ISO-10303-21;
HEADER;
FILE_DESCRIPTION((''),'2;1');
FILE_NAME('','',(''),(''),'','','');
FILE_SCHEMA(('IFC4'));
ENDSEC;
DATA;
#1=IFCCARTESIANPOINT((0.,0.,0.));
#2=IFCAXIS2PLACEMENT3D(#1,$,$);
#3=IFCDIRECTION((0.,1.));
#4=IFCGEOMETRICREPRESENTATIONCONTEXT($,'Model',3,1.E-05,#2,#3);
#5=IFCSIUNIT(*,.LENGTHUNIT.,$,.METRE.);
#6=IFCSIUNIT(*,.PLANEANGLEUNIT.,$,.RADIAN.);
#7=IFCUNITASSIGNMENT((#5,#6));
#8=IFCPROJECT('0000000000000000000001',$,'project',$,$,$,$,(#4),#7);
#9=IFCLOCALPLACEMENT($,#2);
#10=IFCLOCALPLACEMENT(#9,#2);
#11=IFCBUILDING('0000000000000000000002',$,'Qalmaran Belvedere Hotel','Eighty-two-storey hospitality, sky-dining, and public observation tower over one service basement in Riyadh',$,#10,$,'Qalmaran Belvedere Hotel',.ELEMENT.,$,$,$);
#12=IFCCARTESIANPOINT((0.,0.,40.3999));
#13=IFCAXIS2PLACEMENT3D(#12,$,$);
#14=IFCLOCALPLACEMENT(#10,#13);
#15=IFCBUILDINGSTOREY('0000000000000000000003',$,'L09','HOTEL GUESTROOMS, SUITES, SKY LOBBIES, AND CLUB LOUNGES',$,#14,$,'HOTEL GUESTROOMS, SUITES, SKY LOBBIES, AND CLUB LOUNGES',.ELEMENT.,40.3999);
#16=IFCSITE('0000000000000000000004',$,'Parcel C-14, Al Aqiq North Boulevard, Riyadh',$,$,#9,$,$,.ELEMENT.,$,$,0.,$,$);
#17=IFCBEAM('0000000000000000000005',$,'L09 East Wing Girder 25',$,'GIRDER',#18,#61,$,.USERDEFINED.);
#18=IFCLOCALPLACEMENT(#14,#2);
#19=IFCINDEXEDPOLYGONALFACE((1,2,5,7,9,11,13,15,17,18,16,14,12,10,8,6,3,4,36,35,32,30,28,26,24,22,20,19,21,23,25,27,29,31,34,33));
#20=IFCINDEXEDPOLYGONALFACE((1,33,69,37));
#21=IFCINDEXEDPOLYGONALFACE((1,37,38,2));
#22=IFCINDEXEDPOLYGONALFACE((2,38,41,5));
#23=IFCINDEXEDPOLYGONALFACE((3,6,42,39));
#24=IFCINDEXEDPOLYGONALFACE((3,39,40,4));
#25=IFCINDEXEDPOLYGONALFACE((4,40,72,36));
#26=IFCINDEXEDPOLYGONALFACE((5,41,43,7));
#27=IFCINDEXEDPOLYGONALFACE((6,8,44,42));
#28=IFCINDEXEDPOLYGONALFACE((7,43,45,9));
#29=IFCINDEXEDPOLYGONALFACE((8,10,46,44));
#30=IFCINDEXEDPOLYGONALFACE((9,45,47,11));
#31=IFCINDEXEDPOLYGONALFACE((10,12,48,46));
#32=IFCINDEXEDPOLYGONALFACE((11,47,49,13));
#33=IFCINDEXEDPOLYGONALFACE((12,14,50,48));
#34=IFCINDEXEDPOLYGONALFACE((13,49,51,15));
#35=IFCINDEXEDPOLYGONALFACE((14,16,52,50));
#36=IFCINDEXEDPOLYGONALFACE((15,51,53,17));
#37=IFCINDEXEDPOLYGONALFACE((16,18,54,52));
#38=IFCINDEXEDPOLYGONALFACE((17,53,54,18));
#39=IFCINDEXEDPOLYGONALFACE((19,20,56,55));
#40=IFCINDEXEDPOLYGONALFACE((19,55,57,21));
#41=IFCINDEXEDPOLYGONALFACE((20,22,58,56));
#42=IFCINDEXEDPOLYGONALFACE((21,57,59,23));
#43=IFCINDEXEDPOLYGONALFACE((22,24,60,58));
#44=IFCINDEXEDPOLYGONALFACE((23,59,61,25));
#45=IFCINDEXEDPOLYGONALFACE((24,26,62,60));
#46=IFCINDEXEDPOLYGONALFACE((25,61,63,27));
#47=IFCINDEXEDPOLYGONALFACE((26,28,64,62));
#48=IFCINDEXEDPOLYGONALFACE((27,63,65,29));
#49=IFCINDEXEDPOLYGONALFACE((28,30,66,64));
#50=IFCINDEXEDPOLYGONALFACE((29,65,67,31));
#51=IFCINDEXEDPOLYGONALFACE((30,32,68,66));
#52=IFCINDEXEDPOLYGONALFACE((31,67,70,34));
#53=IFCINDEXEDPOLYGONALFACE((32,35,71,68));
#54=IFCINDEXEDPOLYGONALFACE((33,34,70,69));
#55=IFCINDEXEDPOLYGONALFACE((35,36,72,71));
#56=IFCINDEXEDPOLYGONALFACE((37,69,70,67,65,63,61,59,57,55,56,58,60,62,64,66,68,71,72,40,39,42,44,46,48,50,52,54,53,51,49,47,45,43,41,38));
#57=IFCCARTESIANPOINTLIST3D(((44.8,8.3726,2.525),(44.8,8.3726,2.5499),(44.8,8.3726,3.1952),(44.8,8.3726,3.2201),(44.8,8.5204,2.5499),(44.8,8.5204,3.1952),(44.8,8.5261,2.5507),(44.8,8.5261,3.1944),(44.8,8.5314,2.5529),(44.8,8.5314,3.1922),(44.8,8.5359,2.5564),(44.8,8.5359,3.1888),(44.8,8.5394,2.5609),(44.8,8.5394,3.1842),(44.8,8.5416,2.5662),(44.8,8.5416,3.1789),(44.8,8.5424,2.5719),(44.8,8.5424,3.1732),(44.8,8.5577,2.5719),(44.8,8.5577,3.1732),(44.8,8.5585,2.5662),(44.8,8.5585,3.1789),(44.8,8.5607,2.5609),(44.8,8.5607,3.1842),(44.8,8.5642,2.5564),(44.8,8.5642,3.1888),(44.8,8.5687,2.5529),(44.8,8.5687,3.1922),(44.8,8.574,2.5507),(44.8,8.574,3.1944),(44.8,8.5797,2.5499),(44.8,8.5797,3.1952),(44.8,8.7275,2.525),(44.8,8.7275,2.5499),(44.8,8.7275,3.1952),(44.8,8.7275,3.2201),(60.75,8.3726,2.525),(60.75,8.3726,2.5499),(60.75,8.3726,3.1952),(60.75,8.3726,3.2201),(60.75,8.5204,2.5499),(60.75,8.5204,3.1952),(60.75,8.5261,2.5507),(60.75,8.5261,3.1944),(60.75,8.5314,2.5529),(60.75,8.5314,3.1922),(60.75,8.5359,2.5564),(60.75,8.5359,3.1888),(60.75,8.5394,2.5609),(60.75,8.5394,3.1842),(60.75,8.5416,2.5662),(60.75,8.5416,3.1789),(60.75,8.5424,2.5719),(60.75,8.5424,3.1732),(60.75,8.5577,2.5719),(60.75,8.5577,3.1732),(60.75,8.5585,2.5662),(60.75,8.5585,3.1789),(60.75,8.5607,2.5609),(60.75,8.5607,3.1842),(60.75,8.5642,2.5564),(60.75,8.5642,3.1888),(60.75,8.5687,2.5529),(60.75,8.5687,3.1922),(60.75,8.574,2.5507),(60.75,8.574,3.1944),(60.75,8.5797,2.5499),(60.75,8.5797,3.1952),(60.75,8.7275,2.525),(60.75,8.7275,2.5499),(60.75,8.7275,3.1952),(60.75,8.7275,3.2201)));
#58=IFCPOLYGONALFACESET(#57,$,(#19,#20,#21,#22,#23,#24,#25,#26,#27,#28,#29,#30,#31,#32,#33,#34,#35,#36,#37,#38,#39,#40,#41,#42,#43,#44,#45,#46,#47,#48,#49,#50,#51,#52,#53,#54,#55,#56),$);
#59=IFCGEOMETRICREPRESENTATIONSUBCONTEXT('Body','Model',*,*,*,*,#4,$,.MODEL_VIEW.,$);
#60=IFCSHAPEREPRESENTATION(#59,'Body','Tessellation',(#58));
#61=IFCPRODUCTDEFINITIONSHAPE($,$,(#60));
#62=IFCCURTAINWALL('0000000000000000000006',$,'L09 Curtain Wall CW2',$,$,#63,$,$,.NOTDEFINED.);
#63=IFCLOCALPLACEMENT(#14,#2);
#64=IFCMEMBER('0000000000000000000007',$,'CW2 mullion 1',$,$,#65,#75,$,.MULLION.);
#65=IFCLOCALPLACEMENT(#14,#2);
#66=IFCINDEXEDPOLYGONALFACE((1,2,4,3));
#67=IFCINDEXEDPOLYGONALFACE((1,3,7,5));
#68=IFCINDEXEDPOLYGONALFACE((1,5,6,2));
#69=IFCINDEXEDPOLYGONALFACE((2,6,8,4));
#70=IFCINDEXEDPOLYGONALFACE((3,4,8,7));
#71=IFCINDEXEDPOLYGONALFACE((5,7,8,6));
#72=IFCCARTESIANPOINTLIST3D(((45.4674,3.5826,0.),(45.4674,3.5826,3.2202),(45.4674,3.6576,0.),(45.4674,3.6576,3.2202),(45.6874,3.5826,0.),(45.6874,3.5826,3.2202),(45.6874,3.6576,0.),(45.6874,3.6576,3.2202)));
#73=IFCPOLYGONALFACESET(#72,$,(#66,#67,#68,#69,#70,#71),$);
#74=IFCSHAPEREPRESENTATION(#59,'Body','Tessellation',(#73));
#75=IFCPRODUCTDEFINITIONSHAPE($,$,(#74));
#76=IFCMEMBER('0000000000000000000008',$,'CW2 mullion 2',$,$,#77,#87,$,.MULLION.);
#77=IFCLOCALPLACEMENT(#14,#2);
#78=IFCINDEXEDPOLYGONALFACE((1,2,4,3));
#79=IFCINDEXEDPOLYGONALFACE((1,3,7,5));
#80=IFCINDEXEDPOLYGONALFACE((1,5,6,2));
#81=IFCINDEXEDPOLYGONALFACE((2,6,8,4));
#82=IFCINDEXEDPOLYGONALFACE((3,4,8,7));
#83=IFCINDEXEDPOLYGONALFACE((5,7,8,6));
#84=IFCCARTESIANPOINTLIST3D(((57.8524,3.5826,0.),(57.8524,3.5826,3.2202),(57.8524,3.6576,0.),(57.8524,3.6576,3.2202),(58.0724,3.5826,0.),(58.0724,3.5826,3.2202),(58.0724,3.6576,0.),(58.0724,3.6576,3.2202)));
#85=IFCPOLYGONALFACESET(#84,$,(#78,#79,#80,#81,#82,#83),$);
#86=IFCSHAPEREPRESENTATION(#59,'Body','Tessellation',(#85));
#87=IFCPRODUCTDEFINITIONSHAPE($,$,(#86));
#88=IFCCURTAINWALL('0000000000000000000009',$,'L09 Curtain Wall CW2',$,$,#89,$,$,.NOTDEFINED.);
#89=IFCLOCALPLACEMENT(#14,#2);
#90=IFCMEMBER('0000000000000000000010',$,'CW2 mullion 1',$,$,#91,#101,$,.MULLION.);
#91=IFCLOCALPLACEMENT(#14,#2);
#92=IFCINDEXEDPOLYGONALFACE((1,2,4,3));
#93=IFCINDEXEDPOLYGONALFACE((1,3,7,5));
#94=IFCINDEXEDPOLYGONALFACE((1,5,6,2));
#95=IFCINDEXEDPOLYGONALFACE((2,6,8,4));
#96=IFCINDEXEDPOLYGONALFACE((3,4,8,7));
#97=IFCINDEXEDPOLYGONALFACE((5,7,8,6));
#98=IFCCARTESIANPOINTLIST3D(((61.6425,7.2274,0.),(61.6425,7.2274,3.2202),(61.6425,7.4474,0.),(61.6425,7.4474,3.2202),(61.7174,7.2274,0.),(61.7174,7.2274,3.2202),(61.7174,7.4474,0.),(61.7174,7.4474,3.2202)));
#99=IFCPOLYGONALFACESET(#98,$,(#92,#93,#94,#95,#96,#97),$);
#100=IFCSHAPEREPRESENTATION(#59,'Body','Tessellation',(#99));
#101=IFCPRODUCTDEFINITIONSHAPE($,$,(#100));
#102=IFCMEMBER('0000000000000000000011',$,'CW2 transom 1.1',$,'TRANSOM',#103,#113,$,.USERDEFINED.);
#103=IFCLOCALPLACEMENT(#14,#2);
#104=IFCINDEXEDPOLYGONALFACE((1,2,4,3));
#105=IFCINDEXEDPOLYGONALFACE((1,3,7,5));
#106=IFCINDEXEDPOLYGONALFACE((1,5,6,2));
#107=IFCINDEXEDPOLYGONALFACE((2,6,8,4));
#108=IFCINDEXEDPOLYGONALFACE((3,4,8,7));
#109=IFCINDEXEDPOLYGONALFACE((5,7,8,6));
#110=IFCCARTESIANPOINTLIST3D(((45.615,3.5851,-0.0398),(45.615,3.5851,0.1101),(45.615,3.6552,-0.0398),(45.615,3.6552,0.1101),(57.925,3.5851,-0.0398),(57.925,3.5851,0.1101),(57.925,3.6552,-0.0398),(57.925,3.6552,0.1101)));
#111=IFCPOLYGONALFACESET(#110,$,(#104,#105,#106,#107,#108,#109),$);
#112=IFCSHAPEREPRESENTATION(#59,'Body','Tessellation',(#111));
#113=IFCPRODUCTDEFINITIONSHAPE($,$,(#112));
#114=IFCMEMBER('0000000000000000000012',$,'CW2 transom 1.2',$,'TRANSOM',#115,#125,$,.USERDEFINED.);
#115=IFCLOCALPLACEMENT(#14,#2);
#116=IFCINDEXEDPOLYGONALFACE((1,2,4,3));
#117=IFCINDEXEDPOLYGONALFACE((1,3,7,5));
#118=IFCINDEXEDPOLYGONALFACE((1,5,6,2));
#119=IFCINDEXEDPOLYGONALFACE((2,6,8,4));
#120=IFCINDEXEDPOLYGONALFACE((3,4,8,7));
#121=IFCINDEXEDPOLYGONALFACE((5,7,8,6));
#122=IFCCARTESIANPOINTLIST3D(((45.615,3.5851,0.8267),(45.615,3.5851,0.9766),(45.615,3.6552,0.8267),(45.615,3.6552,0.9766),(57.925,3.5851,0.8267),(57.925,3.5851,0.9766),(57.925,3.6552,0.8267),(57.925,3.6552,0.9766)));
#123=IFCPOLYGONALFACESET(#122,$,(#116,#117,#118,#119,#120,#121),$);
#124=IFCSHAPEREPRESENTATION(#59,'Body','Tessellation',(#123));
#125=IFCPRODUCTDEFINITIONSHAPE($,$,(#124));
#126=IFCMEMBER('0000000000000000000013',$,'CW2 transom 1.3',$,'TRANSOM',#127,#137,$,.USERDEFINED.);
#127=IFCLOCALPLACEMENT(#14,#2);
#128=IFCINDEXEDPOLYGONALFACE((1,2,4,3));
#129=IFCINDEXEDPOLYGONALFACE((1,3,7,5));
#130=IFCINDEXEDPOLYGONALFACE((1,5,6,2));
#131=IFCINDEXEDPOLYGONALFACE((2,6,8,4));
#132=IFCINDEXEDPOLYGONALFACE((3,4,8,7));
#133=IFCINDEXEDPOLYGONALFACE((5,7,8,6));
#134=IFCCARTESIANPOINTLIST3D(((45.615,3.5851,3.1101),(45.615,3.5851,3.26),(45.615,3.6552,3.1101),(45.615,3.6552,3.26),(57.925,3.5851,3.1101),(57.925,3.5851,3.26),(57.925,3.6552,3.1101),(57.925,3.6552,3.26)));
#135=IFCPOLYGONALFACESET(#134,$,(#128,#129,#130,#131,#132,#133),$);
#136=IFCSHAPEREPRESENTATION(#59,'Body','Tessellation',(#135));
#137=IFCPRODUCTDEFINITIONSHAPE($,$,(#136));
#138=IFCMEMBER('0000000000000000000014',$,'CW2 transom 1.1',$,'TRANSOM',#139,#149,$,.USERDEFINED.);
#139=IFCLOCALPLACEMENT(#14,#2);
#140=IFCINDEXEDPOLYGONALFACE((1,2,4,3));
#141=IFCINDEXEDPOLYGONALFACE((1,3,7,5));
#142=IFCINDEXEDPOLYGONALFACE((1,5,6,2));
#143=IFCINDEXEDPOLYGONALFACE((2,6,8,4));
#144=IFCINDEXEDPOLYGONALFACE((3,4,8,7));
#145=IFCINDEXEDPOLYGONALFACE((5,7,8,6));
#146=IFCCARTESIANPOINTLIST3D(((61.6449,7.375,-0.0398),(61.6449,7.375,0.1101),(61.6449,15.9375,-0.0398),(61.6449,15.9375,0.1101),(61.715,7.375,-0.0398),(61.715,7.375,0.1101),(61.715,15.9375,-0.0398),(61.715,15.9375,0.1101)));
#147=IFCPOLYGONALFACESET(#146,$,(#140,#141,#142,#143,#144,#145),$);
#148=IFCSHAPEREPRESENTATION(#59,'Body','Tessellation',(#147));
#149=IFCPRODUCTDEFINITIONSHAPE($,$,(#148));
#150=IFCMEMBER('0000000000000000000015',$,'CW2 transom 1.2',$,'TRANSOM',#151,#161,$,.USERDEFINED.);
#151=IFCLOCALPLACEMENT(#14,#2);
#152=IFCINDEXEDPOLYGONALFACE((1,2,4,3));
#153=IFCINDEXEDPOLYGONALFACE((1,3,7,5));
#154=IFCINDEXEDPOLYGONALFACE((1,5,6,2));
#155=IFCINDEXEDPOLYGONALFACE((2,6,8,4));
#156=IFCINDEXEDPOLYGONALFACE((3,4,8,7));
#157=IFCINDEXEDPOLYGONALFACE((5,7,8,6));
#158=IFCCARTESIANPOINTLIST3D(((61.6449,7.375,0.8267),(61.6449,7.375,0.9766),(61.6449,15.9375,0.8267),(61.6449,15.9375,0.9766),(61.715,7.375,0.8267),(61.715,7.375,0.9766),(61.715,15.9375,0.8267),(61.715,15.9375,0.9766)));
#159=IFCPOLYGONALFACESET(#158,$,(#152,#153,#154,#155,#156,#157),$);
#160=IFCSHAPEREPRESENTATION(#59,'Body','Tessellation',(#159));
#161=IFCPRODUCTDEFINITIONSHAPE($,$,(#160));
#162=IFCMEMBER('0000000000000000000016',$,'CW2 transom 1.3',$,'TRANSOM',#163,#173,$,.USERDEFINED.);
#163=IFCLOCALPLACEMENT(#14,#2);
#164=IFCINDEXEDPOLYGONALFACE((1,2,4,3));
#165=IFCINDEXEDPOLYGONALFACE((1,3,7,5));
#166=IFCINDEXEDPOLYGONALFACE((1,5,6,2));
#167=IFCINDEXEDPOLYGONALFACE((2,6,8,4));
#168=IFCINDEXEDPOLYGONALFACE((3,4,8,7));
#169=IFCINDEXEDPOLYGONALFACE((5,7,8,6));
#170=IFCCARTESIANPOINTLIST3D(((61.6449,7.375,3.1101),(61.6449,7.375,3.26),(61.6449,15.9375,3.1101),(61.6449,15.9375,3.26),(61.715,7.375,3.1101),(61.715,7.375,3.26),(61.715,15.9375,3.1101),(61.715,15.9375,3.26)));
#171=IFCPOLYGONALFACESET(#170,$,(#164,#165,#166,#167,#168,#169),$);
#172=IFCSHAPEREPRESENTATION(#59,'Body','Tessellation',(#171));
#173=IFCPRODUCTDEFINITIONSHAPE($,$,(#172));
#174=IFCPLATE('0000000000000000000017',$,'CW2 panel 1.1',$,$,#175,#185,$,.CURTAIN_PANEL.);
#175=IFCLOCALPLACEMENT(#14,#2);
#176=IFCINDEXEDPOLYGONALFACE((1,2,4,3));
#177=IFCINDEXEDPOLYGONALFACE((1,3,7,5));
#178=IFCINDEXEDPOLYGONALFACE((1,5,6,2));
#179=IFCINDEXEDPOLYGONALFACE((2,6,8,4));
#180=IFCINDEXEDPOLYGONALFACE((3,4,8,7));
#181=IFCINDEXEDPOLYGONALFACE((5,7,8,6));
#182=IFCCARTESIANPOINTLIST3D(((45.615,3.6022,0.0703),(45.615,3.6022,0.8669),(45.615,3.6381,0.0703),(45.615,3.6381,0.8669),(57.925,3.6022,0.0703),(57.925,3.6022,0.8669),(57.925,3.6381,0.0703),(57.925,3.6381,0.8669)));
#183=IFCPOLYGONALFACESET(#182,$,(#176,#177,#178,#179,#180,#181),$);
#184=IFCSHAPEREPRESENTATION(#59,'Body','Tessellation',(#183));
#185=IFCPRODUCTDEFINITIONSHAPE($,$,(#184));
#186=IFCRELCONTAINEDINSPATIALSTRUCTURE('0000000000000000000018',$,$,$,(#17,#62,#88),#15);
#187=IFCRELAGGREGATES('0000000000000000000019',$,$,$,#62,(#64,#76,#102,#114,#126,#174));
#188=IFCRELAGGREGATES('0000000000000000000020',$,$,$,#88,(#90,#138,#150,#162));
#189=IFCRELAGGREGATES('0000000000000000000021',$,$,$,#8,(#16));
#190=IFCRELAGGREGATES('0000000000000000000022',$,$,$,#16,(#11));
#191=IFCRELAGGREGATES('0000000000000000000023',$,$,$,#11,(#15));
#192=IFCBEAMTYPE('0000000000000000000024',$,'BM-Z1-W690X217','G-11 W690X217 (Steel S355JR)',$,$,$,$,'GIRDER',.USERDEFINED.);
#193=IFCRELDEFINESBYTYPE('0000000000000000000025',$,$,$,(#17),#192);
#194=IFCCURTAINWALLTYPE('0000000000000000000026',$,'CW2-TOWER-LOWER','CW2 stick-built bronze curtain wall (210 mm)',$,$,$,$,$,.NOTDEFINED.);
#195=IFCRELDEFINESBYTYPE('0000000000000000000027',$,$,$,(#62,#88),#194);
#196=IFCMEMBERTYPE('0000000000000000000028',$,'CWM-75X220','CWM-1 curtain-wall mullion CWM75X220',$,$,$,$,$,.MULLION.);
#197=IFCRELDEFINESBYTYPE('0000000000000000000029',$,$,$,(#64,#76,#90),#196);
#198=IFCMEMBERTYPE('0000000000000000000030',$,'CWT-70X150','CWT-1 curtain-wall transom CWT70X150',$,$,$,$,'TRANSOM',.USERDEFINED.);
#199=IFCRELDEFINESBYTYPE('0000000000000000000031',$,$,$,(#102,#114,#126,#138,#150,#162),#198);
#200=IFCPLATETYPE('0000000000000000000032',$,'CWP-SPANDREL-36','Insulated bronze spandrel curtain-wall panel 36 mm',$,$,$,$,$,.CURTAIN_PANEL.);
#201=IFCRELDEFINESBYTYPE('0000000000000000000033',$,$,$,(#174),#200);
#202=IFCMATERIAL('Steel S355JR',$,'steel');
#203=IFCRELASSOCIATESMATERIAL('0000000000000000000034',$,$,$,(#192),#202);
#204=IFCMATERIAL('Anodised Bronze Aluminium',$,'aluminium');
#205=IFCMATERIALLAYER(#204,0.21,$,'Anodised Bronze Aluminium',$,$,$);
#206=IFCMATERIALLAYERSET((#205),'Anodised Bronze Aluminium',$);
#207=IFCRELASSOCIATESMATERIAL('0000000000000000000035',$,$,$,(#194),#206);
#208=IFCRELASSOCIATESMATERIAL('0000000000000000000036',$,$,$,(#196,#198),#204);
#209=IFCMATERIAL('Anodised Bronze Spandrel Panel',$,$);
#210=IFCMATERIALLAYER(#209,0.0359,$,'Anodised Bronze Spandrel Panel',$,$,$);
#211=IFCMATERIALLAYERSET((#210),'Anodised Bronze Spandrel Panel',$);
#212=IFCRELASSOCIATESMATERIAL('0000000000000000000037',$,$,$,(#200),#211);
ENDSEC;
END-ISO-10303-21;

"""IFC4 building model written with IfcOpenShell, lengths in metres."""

from ifc_helpers import new_model, si_unit, direction, frame, origin, origin_2d, place, context, subcontext, project, spatial, rectangle, i_section, extrude, material, layer, layer_set, material_profile, profile_set, type_object, element, aggregate, save


model = new_model("IFC4")

# Units and contexts
model_context = context("Model", 3, precision=1e-05, world=origin(), true_north=direction((0.0, 1.0)))
body_context = subcontext(model_context, "Body", "Model", "MODEL_VIEW")
ifc_project = project(units=[si_unit("LENGTHUNIT", "METRE"), si_unit("PLANEANGLEUNIT", "RADIAN")], contexts=[model_context])

# Site, building, storey
site_placement = place(None, origin())
site = spatial("IfcSite", under=ifc_project, at=site_placement, Name="Parcel C-14, Al Aqiq North Boulevard, Riyadh", CompositionType="ELEMENT", RefElevation=0.0)
building_placement = place(site_placement, origin())
building = spatial("IfcBuilding", under=site, at=building_placement, Name="Qalmaran Belvedere Hotel", Description="Eighty-two-storey hospitality, sky-dining, and public observation tower over one service basement in Riyadh", LongName="Qalmaran Belvedere Hotel", CompositionType="ELEMENT")
storey_placement = place(building_placement, frame((0.0, 0.0, 40.3999)))
storey = spatial("IfcBuildingStorey", under=building, at=storey_placement, Name="L09", Description="HOTEL GUESTROOMS, SUITES, SKY LOBBIES, AND CLUB LOUNGES", LongName="HOTEL GUESTROOMS, SUITES, SKY LOBBIES, AND CLUB LOUNGES", CompositionType="ELEMENT", Elevation=40.3999)

# Beam
ifc_material_1 = material(Name="Steel S355JR", Category="steel")
ifc_material_profile_1 = material_profile(ifc_material_1, i_section(OverallWidth=0.355, OverallDepth=0.6951, WebThickness=0.0154, FlangeThickness=0.0249, FilletRadius=0.022, at=origin_2d()), Name="W690X217")
ifc_profile_set_1 = profile_set([ifc_material_profile_1], Name="Steel S355JR")
beam_type_1 = type_object("IfcBeamType", Name="BM-Z1-W690X217", Description="G-11 W690X217 (Steel S355JR)", ElementType="GIRDER", PredefinedType="USERDEFINED", material=ifc_profile_set_1)
beam_1_placement = place(storey_placement, frame((44.8, 8.55, 2.8726), z_axis=(1.0, 0.0, 0.0), x_axis=(0.0, 1.0, 0.0)))
element("IfcBeam", 1, at=beam_1_placement, inside=storey, type_object=beam_type_1, Name="L09 East Wing Girder 25", ObjectType="GIRDER", PredefinedType="USERDEFINED", context=body_context, shape_type="SweptSolid", body=[
    extrude(i_section(OverallWidth=0.355, OverallDepth=0.6951, WebThickness=0.0154, FlangeThickness=0.0249, FilletRadius=0.022, at=origin_2d()), origin(), (0.0, 0.0, 1.0), 15.95),
])

# Curtain wall, members
ifc_material_2 = material(Name="Anodised Bronze Aluminium", Category="aluminium")
ifc_layer_1 = layer(ifc_material_2, 0.21, Name="Anodised Bronze Aluminium")
ifc_layer_set_1 = layer_set([ifc_layer_1], Name="Anodised Bronze Aluminium")
curtain_wall_type = type_object("IfcCurtainWallType", Name="CW2-TOWER-LOWER", Description="CW2 stick-built bronze curtain wall (210 mm)", PredefinedType="NOTDEFINED", material=ifc_layer_set_1)
curtain_wall_1_placement = place(storey_placement, origin())
curtain_wall_1 = element("IfcCurtainWall", 2, at=curtain_wall_1_placement, inside=storey, type_object=curtain_wall_type, Name="L09 Curtain Wall CW2", PredefinedType="NOTDEFINED")
ifc_material_profile_2 = material_profile(ifc_material_2, rectangle(XDim=0.075, YDim=0.22, at=origin_2d()), Name="CWM75X220")
ifc_profile_set_2 = profile_set([ifc_material_profile_2], Name="Anodised Bronze Aluminium")
member_type_1 = type_object("IfcMemberType", Name="CWM-75X220", Description="CWM-1 curtain-wall mullion CWM75X220", PredefinedType="MULLION", material=ifc_profile_set_2)
member_1_placement = place(storey_placement, frame((45.5774, 3.6201, 0.0), z_axis=(0.0, 0.0, 1.0), x_axis=(0.0, 1.0, 0.0)))
member_1 = element("IfcMember", 3, at=member_1_placement, type_object=member_type_1, Name="CW2 mullion 1", PredefinedType="MULLION", context=body_context, shape_type="SweptSolid", body=[
    extrude(rectangle(XDim=0.075, YDim=0.22, at=origin_2d()), origin(), (0.0, 0.0, 1.0), 3.2202),
])
member_2_placement = place(storey_placement, frame((57.9624, 3.6201, 0.0), z_axis=(0.0, 0.0, 1.0), x_axis=(0.0, 1.0, 0.0)))
member_2 = element("IfcMember", 4, at=member_2_placement, type_object=member_type_1, Name="CW2 mullion 2", PredefinedType="MULLION", context=body_context, shape_type="SweptSolid", body=[
    extrude(rectangle(XDim=0.075, YDim=0.22, at=origin_2d()), origin(), (0.0, 0.0, 1.0), 3.2202),
])

# Curtain wall, member
curtain_wall_2_placement = place(storey_placement, origin())
curtain_wall_2 = element("IfcCurtainWall", 5, at=curtain_wall_2_placement, inside=storey, type_object=curtain_wall_type, Name="L09 Curtain Wall CW2", PredefinedType="NOTDEFINED")
member_3_placement = place(storey_placement, frame((61.6799, 7.3374, 0.0), z_axis=(0.0, 0.0, 1.0), x_axis=(-1.0, 0.0, 0.0)))
member_3 = element("IfcMember", 6, at=member_3_placement, type_object=member_type_1, Name="CW2 mullion 1", PredefinedType="MULLION", context=body_context, shape_type="SweptSolid", body=[
    extrude(rectangle(XDim=0.075, YDim=0.22, at=origin_2d()), origin(), (0.0, 0.0, 1.0), 3.2202),
])

# Members
ifc_material_profile_3 = material_profile(ifc_material_2, rectangle(XDim=0.0701, YDim=0.1499, at=origin_2d()), Name="CWT70X150")
ifc_profile_set_3 = profile_set([ifc_material_profile_3], Name="Anodised Bronze Aluminium")
member_type_2 = type_object("IfcMemberType", Name="CWT-70X150", Description="CWT-1 curtain-wall transom CWT70X150", ElementType="TRANSOM", PredefinedType="USERDEFINED", material=ifc_profile_set_3)
member_4_placement = place(storey_placement, frame((45.615, 3.6201, 0.0352), z_axis=(1.0, 0.0, 0.0), x_axis=(0.0, 1.0, 0.0)))
member_4 = element("IfcMember", 7, at=member_4_placement, type_object=member_type_2, Name="CW2 transom 1.1", ObjectType="TRANSOM", PredefinedType="USERDEFINED", context=body_context, shape_type="SweptSolid", body=[
    extrude(rectangle(XDim=0.0701, YDim=0.1499, at=origin_2d()), origin(), (0.0, 0.0, 1.0), 12.3101),
])
member_5_placement = place(storey_placement, frame((45.615, 3.6201, 0.9016), z_axis=(1.0, 0.0, 0.0), x_axis=(0.0, 1.0, 0.0)))
member_5 = element("IfcMember", 8, at=member_5_placement, type_object=member_type_2, Name="CW2 transom 1.2", ObjectType="TRANSOM", PredefinedType="USERDEFINED", context=body_context, shape_type="SweptSolid", body=[
    extrude(rectangle(XDim=0.0701, YDim=0.1499, at=origin_2d()), origin(), (0.0, 0.0, 1.0), 12.3101),
])
member_6_placement = place(storey_placement, frame((45.615, 3.6201, 3.1851), z_axis=(1.0, 0.0, 0.0), x_axis=(0.0, 1.0, 0.0)))
member_6 = element("IfcMember", 9, at=member_6_placement, type_object=member_type_2, Name="CW2 transom 1.3", ObjectType="TRANSOM", PredefinedType="USERDEFINED", context=body_context, shape_type="SweptSolid", body=[
    extrude(rectangle(XDim=0.0701, YDim=0.1499, at=origin_2d()), origin(), (0.0, 0.0, 1.0), 12.3101),
])
member_7_placement = place(storey_placement, frame((61.6799, 7.375, 0.0352), z_axis=(0.0, 1.0, 0.0), x_axis=(-1.0, 0.0, 0.0)))
member_7 = element("IfcMember", 10, at=member_7_placement, type_object=member_type_2, Name="CW2 transom 1.1", ObjectType="TRANSOM", PredefinedType="USERDEFINED", context=body_context, shape_type="SweptSolid", body=[
    extrude(rectangle(XDim=0.0701, YDim=0.1499, at=origin_2d()), origin(), (0.0, 0.0, 1.0), 8.5625),
])
member_8_placement = place(storey_placement, frame((61.6799, 7.375, 0.9016), z_axis=(0.0, 1.0, 0.0), x_axis=(-1.0, 0.0, 0.0)))
member_8 = element("IfcMember", 11, at=member_8_placement, type_object=member_type_2, Name="CW2 transom 1.2", ObjectType="TRANSOM", PredefinedType="USERDEFINED", context=body_context, shape_type="SweptSolid", body=[
    extrude(rectangle(XDim=0.0701, YDim=0.1499, at=origin_2d()), origin(), (0.0, 0.0, 1.0), 8.5625),
])
member_9_placement = place(storey_placement, frame((61.6799, 7.375, 3.1851), z_axis=(0.0, 1.0, 0.0), x_axis=(-1.0, 0.0, 0.0)))
member_9 = element("IfcMember", 12, at=member_9_placement, type_object=member_type_2, Name="CW2 transom 1.3", ObjectType="TRANSOM", PredefinedType="USERDEFINED", context=body_context, shape_type="SweptSolid", body=[
    extrude(rectangle(XDim=0.0701, YDim=0.1499, at=origin_2d()), origin(), (0.0, 0.0, 1.0), 8.5625),
])

# Plate
ifc_material_3 = material(Name="Anodised Bronze Spandrel Panel")
ifc_layer_2 = layer(ifc_material_3, 0.0359, Name="Anodised Bronze Spandrel Panel")
ifc_layer_set_2 = layer_set([ifc_layer_2], Name="Anodised Bronze Spandrel Panel")
plate_type_1 = type_object("IfcPlateType", Name="CWP-SPANDREL-36", Description="Insulated bronze spandrel curtain-wall panel 36 mm", PredefinedType="CURTAIN_PANEL", material=ifc_layer_set_2)
plate_1_placement = place(storey_placement, frame((51.77, 3.6201, 0.0703), z_axis=(0.0, 0.0, 1.0), x_axis=(1.0, 0.0, 0.0)))
plate_1 = element("IfcPlate", 13, at=plate_1_placement, type_object=plate_type_1, Name="CW2 panel 1.1", PredefinedType="CURTAIN_PANEL", context=body_context, shape_type="SweptSolid", body=[
    extrude(rectangle(XDim=12.3101, YDim=0.0359, at=origin_2d()), origin(), (0.0, 0.0, 1.0), 0.7966),
])
aggregate(curtain_wall_1, [member_1, member_2, member_4, member_5, member_6, plate_1])
aggregate(curtain_wall_2, [member_3, member_7, member_8, member_9])

save(model, "model.ifc")
